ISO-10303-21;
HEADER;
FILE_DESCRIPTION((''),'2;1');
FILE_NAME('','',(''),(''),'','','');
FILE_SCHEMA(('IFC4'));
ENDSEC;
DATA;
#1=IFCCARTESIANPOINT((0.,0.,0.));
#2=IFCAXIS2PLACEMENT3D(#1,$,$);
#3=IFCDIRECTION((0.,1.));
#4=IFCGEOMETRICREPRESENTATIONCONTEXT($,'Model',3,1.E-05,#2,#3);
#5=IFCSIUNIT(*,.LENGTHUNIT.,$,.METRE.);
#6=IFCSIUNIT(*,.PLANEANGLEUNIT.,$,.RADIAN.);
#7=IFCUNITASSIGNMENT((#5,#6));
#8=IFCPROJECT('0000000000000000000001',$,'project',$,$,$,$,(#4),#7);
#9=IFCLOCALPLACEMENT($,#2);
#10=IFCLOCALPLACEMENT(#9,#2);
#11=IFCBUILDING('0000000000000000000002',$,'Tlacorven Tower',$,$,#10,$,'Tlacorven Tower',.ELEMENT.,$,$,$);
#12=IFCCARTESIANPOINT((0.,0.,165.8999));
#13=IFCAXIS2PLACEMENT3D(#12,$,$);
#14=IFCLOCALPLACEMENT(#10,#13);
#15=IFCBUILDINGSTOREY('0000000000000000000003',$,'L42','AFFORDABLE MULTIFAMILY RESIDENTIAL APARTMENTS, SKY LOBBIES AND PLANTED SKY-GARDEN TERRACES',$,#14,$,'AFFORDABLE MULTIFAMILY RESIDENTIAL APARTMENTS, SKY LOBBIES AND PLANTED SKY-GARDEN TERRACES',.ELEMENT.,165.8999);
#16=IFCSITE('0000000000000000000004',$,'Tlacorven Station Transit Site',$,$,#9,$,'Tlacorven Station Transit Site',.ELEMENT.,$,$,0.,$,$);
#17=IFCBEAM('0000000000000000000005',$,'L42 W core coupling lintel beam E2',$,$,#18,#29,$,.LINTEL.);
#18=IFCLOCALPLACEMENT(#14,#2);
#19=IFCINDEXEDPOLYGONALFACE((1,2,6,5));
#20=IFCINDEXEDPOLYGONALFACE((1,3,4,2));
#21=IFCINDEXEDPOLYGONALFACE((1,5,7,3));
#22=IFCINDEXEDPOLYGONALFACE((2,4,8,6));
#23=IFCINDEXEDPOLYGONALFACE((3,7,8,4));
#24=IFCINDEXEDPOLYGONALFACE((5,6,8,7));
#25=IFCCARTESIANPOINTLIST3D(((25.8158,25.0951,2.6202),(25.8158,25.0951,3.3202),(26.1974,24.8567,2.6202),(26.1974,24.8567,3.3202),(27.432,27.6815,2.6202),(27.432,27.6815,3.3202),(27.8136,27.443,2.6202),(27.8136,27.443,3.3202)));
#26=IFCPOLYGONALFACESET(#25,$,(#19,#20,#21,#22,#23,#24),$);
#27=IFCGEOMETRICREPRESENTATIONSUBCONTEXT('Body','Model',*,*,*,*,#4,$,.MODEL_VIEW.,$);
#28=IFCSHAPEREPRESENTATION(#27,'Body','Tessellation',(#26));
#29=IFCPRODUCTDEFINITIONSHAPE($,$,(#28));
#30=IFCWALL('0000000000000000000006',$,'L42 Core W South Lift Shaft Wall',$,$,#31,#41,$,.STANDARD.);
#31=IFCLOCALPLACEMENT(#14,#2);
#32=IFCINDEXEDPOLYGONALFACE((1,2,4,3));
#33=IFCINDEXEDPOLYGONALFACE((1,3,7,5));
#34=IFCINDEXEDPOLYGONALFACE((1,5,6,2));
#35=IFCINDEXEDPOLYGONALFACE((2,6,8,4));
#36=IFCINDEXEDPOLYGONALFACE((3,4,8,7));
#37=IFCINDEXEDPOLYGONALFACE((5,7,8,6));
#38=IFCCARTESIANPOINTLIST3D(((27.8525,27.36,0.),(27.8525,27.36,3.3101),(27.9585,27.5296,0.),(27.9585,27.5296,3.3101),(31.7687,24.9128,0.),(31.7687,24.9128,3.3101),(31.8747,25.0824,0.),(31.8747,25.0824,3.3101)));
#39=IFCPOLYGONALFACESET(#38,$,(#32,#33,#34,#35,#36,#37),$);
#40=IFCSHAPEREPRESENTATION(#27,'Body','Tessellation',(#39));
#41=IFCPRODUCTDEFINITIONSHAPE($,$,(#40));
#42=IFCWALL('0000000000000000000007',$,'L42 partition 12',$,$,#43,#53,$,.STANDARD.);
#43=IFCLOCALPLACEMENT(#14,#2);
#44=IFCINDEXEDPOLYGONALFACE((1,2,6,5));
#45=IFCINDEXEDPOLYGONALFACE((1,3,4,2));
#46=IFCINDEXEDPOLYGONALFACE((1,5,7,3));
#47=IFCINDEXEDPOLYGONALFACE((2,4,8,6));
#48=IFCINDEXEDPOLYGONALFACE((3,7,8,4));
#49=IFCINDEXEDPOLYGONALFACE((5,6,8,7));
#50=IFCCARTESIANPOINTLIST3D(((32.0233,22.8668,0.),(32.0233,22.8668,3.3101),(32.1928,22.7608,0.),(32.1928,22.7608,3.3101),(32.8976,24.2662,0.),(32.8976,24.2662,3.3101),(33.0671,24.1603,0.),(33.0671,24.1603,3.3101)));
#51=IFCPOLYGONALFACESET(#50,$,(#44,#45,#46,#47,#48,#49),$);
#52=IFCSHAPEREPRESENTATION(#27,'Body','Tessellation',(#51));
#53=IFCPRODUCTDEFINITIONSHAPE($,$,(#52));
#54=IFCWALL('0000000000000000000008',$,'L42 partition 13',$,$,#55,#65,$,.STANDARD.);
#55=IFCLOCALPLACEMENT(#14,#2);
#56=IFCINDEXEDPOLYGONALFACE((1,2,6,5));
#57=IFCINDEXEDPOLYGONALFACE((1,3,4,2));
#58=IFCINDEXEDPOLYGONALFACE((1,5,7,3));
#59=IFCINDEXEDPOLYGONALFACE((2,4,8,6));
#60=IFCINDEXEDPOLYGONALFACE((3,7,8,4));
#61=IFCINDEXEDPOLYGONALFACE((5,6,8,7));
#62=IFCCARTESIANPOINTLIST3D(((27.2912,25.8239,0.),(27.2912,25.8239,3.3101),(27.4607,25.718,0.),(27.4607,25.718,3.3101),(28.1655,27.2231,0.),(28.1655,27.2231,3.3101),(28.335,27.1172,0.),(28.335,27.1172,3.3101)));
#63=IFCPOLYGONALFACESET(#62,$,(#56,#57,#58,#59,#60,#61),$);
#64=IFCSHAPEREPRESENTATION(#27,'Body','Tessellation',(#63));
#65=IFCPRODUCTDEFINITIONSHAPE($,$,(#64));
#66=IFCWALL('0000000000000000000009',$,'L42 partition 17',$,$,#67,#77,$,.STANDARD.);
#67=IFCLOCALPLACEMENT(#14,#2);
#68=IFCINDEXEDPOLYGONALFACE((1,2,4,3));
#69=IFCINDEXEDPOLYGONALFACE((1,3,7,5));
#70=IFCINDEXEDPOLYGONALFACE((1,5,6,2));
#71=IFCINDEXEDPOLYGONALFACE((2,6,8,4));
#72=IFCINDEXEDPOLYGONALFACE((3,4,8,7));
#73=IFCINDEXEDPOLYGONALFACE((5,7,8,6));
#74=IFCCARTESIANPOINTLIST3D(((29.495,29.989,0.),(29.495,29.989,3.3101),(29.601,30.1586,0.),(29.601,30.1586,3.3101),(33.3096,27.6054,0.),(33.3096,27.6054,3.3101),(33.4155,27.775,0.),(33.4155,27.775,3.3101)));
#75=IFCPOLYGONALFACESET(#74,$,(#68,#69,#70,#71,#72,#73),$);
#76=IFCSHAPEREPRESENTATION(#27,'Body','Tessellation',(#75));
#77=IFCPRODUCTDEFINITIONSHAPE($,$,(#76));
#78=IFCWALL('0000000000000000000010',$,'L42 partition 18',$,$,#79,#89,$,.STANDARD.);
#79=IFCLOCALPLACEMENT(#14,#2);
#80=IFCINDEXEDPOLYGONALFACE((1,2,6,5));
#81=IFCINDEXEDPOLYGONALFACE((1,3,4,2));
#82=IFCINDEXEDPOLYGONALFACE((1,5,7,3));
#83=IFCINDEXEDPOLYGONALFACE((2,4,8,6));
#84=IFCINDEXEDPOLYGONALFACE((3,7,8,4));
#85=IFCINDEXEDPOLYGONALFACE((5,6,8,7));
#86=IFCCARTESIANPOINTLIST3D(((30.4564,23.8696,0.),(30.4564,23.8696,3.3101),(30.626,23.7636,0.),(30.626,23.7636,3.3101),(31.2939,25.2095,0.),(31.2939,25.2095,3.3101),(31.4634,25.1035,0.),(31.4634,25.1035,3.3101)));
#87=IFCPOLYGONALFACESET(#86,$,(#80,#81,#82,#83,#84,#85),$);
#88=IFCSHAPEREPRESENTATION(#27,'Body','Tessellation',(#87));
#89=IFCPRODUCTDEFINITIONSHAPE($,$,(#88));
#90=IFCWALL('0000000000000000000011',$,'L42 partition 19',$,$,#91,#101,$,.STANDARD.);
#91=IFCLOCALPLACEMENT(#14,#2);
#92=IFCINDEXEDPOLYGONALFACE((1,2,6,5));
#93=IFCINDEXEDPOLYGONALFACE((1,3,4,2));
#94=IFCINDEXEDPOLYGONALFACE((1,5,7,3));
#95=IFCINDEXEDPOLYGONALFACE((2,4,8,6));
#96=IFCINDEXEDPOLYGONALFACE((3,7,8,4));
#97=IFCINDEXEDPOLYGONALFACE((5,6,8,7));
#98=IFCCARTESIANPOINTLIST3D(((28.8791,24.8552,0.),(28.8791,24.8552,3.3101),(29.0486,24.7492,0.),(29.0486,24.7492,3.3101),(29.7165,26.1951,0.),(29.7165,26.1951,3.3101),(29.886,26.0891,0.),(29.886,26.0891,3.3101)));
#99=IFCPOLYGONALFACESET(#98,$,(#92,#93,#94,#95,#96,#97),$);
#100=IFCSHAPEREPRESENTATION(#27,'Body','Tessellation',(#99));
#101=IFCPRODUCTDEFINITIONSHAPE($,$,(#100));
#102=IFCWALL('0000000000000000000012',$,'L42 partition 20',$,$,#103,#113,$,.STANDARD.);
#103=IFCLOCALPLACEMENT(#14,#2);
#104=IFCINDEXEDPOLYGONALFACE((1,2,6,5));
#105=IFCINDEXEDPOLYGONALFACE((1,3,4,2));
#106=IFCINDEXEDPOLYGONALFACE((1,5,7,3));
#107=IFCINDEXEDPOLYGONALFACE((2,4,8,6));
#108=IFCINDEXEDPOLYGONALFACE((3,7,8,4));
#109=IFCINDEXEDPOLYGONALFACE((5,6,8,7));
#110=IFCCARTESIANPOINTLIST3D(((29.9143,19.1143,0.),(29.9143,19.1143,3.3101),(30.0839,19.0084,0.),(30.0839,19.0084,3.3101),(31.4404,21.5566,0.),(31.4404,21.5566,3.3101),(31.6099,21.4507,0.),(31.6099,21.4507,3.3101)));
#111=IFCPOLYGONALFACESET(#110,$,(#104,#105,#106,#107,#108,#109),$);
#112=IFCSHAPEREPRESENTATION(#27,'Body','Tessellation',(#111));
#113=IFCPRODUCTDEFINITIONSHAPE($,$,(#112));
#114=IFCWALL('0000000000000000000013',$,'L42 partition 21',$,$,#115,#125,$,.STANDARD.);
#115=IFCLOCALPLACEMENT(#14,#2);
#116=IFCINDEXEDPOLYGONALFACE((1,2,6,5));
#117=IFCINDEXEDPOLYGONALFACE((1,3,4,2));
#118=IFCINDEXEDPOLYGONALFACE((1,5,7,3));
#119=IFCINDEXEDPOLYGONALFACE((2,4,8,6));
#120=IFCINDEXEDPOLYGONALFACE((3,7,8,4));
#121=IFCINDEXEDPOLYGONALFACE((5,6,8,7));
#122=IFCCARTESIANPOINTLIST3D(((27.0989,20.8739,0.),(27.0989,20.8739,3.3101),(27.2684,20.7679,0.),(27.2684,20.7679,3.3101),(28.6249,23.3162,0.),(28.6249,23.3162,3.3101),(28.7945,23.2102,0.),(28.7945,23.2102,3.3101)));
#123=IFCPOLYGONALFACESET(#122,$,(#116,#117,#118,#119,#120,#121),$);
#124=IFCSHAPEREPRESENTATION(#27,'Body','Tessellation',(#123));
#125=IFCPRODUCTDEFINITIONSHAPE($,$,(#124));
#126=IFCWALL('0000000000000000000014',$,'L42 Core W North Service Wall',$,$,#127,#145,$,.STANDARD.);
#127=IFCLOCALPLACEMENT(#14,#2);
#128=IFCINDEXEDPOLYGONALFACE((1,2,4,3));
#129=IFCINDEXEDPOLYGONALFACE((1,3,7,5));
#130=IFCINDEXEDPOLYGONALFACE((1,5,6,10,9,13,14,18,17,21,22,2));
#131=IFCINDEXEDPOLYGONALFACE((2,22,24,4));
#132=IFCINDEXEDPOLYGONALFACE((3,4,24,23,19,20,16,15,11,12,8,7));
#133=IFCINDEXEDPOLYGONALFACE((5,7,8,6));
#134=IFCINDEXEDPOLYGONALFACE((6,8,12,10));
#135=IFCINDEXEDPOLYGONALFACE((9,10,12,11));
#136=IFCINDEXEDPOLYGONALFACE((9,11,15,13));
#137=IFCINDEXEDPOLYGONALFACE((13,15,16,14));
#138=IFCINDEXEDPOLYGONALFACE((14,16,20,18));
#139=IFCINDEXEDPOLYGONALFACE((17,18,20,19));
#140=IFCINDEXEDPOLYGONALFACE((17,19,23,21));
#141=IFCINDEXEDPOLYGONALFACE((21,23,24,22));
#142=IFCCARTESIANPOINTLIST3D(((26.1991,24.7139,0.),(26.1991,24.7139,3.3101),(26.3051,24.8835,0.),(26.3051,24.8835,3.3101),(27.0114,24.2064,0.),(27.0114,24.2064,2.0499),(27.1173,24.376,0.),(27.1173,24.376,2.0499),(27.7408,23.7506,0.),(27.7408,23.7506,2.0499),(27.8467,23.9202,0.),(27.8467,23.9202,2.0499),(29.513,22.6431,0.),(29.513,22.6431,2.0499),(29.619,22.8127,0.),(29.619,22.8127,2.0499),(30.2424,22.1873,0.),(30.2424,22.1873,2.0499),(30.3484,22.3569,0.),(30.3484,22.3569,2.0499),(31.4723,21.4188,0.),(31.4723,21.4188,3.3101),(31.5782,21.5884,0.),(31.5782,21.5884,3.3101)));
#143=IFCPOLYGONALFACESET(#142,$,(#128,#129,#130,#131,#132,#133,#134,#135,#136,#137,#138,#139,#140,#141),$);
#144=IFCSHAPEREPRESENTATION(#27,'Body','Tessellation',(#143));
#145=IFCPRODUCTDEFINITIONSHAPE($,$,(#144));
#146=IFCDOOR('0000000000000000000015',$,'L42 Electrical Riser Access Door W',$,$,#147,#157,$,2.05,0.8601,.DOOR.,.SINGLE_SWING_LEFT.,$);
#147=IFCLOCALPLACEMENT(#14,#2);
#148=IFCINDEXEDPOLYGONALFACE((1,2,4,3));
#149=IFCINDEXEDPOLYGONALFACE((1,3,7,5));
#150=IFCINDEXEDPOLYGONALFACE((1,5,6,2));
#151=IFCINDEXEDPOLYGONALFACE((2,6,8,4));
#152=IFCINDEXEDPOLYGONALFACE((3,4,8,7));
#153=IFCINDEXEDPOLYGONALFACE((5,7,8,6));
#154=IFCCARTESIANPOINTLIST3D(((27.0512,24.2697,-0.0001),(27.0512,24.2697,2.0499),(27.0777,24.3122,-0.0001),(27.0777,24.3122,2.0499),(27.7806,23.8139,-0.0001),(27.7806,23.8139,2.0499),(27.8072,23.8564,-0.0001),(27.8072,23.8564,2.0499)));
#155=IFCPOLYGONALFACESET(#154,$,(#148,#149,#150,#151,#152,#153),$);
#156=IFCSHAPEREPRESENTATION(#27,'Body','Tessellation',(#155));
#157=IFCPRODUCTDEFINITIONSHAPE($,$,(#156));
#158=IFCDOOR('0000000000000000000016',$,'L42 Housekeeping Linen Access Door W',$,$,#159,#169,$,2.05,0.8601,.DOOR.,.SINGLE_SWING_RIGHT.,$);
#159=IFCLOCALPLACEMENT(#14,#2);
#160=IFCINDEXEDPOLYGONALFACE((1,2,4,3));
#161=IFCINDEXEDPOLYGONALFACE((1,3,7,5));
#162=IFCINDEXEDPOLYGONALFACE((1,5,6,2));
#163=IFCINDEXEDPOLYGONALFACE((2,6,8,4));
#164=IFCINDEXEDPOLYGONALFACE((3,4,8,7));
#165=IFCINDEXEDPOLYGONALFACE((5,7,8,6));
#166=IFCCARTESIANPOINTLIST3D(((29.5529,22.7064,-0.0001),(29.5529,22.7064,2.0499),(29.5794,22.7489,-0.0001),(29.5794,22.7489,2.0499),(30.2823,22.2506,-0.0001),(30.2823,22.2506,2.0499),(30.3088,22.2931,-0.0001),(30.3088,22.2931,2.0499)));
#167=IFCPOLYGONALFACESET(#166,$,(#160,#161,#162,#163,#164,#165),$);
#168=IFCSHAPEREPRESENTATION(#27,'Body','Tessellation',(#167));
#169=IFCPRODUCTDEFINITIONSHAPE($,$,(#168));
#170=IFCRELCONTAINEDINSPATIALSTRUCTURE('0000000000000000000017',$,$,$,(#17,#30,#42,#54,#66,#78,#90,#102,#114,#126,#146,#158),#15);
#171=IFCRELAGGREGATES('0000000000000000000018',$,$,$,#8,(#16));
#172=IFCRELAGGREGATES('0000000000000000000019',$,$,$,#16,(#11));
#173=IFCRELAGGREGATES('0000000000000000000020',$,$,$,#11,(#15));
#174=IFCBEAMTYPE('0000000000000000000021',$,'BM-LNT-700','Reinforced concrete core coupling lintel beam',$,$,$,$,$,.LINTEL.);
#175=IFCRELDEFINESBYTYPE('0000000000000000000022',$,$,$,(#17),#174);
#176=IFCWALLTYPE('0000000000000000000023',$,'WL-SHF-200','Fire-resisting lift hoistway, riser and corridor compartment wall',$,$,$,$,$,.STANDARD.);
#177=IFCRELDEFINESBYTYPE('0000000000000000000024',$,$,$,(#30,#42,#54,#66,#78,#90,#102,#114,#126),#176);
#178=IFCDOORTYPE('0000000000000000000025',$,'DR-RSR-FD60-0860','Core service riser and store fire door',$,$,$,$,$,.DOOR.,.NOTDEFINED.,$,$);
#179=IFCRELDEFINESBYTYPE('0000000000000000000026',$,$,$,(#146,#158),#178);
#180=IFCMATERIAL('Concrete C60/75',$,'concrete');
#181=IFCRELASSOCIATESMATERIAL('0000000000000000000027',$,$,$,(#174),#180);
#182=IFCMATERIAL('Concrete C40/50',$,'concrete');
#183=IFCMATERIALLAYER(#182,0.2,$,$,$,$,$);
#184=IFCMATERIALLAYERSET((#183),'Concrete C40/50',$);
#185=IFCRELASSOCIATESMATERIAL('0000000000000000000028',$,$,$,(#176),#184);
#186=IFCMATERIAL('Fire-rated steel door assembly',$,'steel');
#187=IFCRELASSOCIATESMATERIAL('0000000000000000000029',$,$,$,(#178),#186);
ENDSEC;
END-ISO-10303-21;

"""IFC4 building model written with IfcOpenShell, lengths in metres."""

from ifc_helpers import new_model, si_unit, direction, frame, frame_2d, origin, origin_2d, place, context, subcontext, project, spatial, rectangle, extrude, source, transform, mapped, material, layer, layer_set, material_profile, profile_set, type_object, element, fill, save


model = new_model("IFC4")

# Units and contexts
model_context = context("Model", 3, precision=1e-05, world=origin(), true_north=direction((0.0, 1.0)))
body_context = subcontext(model_context, "Body", "Model", "MODEL_VIEW")
ifc_project = project(units=[si_unit("LENGTHUNIT", "METRE"), si_unit("PLANEANGLEUNIT", "RADIAN")], contexts=[model_context])

# Site, building, storey
site_placement = place(None, origin())
site = spatial("IfcSite", under=ifc_project, at=site_placement, Name="Tlacorven Station Transit Site", LongName="Tlacorven Station Transit Site", CompositionType="ELEMENT", RefElevation=0.0)
building_placement = place(site_placement, origin())
building = spatial("IfcBuilding", under=site, at=building_placement, Name="Tlacorven Tower", LongName="Tlacorven Tower", CompositionType="ELEMENT")
storey_placement = place(building_placement, frame((0.0, 0.0, 165.8999)))
storey = spatial("IfcBuildingStorey", under=building, at=storey_placement, Name="L42", Description="AFFORDABLE MULTIFAMILY RESIDENTIAL APARTMENTS, SKY LOBBIES AND PLANTED SKY-GARDEN TERRACES", LongName="AFFORDABLE MULTIFAMILY RESIDENTIAL APARTMENTS, SKY LOBBIES AND PLANTED SKY-GARDEN TERRACES", CompositionType="ELEMENT", Elevation=165.8999)

# Beam
ifc_material_1 = material(Name="Concrete C60/75", Category="concrete")
ifc_material_profile = material_profile(ifc_material_1, rectangle(XDim=0.45, YDim=0.7, at=origin_2d()), Name="RC 450X700")
ifc_profile_set = profile_set([ifc_material_profile], Name="Concrete C60/75")
beam_type = type_object("IfcBeamType", Name="BM-LNT-700", Description="Reinforced concrete core coupling lintel beam", PredefinedType="LINTEL", material=ifc_profile_set)
shared_shape_1 = source(origin(), body_context, "Body", "SweptSolid", [
    extrude(rectangle(XDim=0.45, YDim=0.7, at=origin_2d()), origin(), (0.0, 0.0, 1.0), 3.0498),
])
beam_placement = place(storey_placement, frame((27.6228, 27.5623, 2.9702), z_axis=(-0.529927, -0.848043, 0.0), x_axis=(0.848043, -0.529927, 0.0)))
element("IfcBeam", 1, at=beam_placement, inside=storey, type_object=beam_type, Name="L42 W core coupling lintel beam E2", PredefinedType="LINTEL", context=body_context, shape_type="MappedRepresentation", body=[
    mapped(shared_shape_1, transform((0.0, 0.0, 0.0), scale=1.0)),
])

# Wall
ifc_material_2 = material(Name="Concrete C40/50", Category="concrete")
ifc_layer = layer(ifc_material_2, 0.2)
ifc_layer_set = layer_set([ifc_layer], Name="Concrete C40/50")
wall_type = type_object("IfcWallType", Name="WL-SHF-200", Description="Fire-resisting lift hoistway, riser and corridor compartment wall", PredefinedType="STANDARD", material=ifc_layer_set)
wall_1_placement = place(storey_placement, frame((31.8218, 24.9976, 0.0), z_axis=(0.0, 0.0, 1.0), x_axis=(-0.848037, 0.529937, 0.0)))
element("IfcWall", 2, at=wall_1_placement, inside=storey, type_object=wall_type, Name="L42 Core W South Lift Shaft Wall", PredefinedType="STANDARD", context=body_context, shape_type="SweptSolid", body=[
    extrude(rectangle(XDim=4.6179, YDim=0.2, at=frame_2d((2.3091, 0.0))), origin(), (0.0, 0.0, 1.0), 3.3101),
])

# Shared definitions
ifc_material_3 = material(Name="Fire-rated steel door assembly", Category="steel")

# Walls
wall_2_placement = place(storey_placement, frame((32.9824, 24.2134, 0.0), z_axis=(0.0, 0.0, 1.0), x_axis=(-0.529839, -0.848098, 0.0)))
element("IfcWall", 3, at=wall_2_placement, inside=storey, type_object=wall_type, Name="L42 partition 12", PredefinedType="STANDARD", context=body_context, shape_type="SweptSolid", body=[
    extrude(rectangle(XDim=1.6501, YDim=0.2, at=frame_2d((0.8252, 0.0))), origin(), (0.0, 0.0, 1.0), 3.3101),
])
wall_3_placement = place(storey_placement, frame((28.2502, 27.1702, 0.0), z_axis=(0.0, 0.0, 1.0), x_axis=(-0.529906, -0.848056, 0.0)))
element("IfcWall", 4, at=wall_3_placement, inside=storey, type_object=wall_type, Name="L42 partition 13", PredefinedType="STANDARD", context=body_context, shape_type="SweptSolid", body=[
    extrude(rectangle(XDim=1.6499, YDim=0.2, at=frame_2d((0.825, 0.0))), origin(), (0.0, 0.0, 1.0), 3.3101),
])
wall_4_placement = place(storey_placement, frame((33.3625, 27.6902, 0.0), z_axis=(0.0, 0.0, 1.0), x_axis=(-0.848047, 0.529921, 0.0)))
element("IfcWall", 5, at=wall_4_placement, inside=storey, type_object=wall_type, Name="L42 partition 17", PredefinedType="STANDARD", context=body_context, shape_type="SweptSolid", body=[
    extrude(rectangle(XDim=4.498, YDim=0.2, at=frame_2d((2.249, 0.0))), origin(), (0.0, 0.0, 1.0), 3.3101),
])
for number, where, z_axis, x_axis, name in (
    (6, (31.3787, 25.1565, 0.0), (0.0, 0.0, 1.0), (-0.529999, -0.847998, 0.0), "L42 partition 18"),
    (7, (29.8013, 26.1421, 0.0), (0.0, 0.0, 1.0), (-0.529999, -0.847998, 0.0), "L42 partition 19"),
):
    element("IfcWall", number, at=place(storey_placement, frame(where, z_axis=z_axis, x_axis=x_axis)), inside=storey, type_object=wall_type, Name=name, PredefinedType="STANDARD", context=body_context, shape_type="SweptSolid", body=[
        extrude(rectangle(XDim=1.5801, YDim=0.2, at=frame_2d((0.79, 0.0))), origin(), (0.0, 0.0, 1.0), 3.3101),
    ])
for number, where, z_axis, x_axis, name in (
    (8, (31.5251, 21.5037, 0.0), (0.0, 0.0, 1.0), (-0.529907, -0.848055, 0.0), "L42 partition 20"),
    (9, (28.7097, 23.2632, 0.0), (0.0, 0.0, 1.0), (-0.529907, -0.848055, 0.0), "L42 partition 21"),
):
    element("IfcWall", number, at=place(storey_placement, frame(where, z_axis=z_axis, x_axis=x_axis)), inside=storey, type_object=wall_type, Name=name, PredefinedType="STANDARD", context=body_context, shape_type="SweptSolid", body=[
        extrude(rectangle(XDim=2.8799, YDim=0.2, at=frame_2d((1.4399, 0.0))), origin(), (0.0, 0.0, 1.0), 3.3101),
    ])

# Wall, openings, doors
wall_5_placement = place(storey_placement, frame((31.5251, 21.5037, 0.0), z_axis=(0.0, 0.0, 1.0), x_axis=(-0.84804, 0.529932, 0.0)))
wall_5 = element("IfcWall", 10, at=wall_5_placement, inside=storey, type_object=wall_type, Name="L42 Core W North Service Wall", PredefinedType="STANDARD", context=body_context, shape_type="SweptSolid", body=[
    extrude(rectangle(XDim=6.218, YDim=0.2, at=frame_2d((3.1089, 0.0))), origin(), (0.0, 0.0, 1.0), 3.3101),
])
opening_1_placement = place(wall_5_placement, frame((4.3999, 0.0, 0.0)))
opening_1 = element("IfcOpeningElement", 11, at=opening_1_placement, cuts=wall_5, PredefinedType="OPENING", context=body_context, shape_type="SweptSolid", body=[
    extrude(rectangle(XDim=0.8601, YDim=2.05, at=frame_2d((0.4302, 1.0249))), frame((0.0, 0.1099, 0.0), z_axis=(0.0, -1.0, 0.0), x_axis=(1.0, 0.0, 0.0)), (0.0, 0.0, 1.0), 0.22),
])
opening_2_placement = place(wall_5_placement, frame((1.45, 0.0, 0.0)))
opening_2 = element("IfcOpeningElement", 12, at=opening_2_placement, cuts=wall_5, PredefinedType="OPENING", context=body_context, shape_type="SweptSolid", body=[
    extrude(rectangle(XDim=0.8601, YDim=2.05, at=frame_2d((0.4302, 1.0249))), frame((0.0, 0.1099, 0.0), z_axis=(0.0, -1.0, 0.0), x_axis=(1.0, 0.0, 0.0)), (0.0, 0.0, 1.0), 0.22),
])
door_type_1 = type_object("IfcDoorType", Name="DR-RSR-FD60-0860", Description="Core service riser and store fire door", OperationType="NOTDEFINED", PredefinedType="DOOR", material=ifc_material_3)
shared_shape_2 = source(origin(), body_context, "Body", "SweptSolid", [
    extrude(rectangle(XDim=0.8601, YDim=2.05, at=frame_2d((0.4302, 1.0249))), frame((0.0, 0.0249, 0.0), z_axis=(0.0, -1.0, 0.0), x_axis=(1.0, 0.0, 0.0)), (0.0, 0.0, 1.0), 0.05),
])
door_1_placement = place(opening_1_placement, frame((0.8601, 0.0, 0.0), z_axis=(0.0, 0.0, 1.0), x_axis=(-1.0, 0.0, 0.0)))
door_1 = element("IfcDoor", 13, at=door_1_placement, inside=storey, type_object=door_type_1, Name="L42 Electrical Riser Access Door W", OperationType="SINGLE_SWING_LEFT", OverallHeight=2.05, OverallWidth=0.8601, PredefinedType="DOOR", context=body_context, shape_type="MappedRepresentation", body=[
    mapped(shared_shape_2, transform((0.0, 0.0, 0.0), scale=1.0)),
])
fill(opening_1, door_1)
door_2_placement = place(opening_2_placement, frame((0.8601, 0.0, 0.0), z_axis=(0.0, 0.0, 1.0), x_axis=(-1.0, 0.0, 0.0)))
door_2 = element("IfcDoor", 14, at=door_2_placement, inside=storey, type_object=door_type_1, Name="L42 Housekeeping Linen Access Door W", OperationType="SINGLE_SWING_RIGHT", OverallHeight=2.05, OverallWidth=0.8601, PredefinedType="DOOR", context=body_context, shape_type="MappedRepresentation", body=[
    mapped(shared_shape_2, transform((0.0, 0.0, 0.0), scale=1.0)),
])
fill(opening_2, door_2)

save(model, "model.ifc")
